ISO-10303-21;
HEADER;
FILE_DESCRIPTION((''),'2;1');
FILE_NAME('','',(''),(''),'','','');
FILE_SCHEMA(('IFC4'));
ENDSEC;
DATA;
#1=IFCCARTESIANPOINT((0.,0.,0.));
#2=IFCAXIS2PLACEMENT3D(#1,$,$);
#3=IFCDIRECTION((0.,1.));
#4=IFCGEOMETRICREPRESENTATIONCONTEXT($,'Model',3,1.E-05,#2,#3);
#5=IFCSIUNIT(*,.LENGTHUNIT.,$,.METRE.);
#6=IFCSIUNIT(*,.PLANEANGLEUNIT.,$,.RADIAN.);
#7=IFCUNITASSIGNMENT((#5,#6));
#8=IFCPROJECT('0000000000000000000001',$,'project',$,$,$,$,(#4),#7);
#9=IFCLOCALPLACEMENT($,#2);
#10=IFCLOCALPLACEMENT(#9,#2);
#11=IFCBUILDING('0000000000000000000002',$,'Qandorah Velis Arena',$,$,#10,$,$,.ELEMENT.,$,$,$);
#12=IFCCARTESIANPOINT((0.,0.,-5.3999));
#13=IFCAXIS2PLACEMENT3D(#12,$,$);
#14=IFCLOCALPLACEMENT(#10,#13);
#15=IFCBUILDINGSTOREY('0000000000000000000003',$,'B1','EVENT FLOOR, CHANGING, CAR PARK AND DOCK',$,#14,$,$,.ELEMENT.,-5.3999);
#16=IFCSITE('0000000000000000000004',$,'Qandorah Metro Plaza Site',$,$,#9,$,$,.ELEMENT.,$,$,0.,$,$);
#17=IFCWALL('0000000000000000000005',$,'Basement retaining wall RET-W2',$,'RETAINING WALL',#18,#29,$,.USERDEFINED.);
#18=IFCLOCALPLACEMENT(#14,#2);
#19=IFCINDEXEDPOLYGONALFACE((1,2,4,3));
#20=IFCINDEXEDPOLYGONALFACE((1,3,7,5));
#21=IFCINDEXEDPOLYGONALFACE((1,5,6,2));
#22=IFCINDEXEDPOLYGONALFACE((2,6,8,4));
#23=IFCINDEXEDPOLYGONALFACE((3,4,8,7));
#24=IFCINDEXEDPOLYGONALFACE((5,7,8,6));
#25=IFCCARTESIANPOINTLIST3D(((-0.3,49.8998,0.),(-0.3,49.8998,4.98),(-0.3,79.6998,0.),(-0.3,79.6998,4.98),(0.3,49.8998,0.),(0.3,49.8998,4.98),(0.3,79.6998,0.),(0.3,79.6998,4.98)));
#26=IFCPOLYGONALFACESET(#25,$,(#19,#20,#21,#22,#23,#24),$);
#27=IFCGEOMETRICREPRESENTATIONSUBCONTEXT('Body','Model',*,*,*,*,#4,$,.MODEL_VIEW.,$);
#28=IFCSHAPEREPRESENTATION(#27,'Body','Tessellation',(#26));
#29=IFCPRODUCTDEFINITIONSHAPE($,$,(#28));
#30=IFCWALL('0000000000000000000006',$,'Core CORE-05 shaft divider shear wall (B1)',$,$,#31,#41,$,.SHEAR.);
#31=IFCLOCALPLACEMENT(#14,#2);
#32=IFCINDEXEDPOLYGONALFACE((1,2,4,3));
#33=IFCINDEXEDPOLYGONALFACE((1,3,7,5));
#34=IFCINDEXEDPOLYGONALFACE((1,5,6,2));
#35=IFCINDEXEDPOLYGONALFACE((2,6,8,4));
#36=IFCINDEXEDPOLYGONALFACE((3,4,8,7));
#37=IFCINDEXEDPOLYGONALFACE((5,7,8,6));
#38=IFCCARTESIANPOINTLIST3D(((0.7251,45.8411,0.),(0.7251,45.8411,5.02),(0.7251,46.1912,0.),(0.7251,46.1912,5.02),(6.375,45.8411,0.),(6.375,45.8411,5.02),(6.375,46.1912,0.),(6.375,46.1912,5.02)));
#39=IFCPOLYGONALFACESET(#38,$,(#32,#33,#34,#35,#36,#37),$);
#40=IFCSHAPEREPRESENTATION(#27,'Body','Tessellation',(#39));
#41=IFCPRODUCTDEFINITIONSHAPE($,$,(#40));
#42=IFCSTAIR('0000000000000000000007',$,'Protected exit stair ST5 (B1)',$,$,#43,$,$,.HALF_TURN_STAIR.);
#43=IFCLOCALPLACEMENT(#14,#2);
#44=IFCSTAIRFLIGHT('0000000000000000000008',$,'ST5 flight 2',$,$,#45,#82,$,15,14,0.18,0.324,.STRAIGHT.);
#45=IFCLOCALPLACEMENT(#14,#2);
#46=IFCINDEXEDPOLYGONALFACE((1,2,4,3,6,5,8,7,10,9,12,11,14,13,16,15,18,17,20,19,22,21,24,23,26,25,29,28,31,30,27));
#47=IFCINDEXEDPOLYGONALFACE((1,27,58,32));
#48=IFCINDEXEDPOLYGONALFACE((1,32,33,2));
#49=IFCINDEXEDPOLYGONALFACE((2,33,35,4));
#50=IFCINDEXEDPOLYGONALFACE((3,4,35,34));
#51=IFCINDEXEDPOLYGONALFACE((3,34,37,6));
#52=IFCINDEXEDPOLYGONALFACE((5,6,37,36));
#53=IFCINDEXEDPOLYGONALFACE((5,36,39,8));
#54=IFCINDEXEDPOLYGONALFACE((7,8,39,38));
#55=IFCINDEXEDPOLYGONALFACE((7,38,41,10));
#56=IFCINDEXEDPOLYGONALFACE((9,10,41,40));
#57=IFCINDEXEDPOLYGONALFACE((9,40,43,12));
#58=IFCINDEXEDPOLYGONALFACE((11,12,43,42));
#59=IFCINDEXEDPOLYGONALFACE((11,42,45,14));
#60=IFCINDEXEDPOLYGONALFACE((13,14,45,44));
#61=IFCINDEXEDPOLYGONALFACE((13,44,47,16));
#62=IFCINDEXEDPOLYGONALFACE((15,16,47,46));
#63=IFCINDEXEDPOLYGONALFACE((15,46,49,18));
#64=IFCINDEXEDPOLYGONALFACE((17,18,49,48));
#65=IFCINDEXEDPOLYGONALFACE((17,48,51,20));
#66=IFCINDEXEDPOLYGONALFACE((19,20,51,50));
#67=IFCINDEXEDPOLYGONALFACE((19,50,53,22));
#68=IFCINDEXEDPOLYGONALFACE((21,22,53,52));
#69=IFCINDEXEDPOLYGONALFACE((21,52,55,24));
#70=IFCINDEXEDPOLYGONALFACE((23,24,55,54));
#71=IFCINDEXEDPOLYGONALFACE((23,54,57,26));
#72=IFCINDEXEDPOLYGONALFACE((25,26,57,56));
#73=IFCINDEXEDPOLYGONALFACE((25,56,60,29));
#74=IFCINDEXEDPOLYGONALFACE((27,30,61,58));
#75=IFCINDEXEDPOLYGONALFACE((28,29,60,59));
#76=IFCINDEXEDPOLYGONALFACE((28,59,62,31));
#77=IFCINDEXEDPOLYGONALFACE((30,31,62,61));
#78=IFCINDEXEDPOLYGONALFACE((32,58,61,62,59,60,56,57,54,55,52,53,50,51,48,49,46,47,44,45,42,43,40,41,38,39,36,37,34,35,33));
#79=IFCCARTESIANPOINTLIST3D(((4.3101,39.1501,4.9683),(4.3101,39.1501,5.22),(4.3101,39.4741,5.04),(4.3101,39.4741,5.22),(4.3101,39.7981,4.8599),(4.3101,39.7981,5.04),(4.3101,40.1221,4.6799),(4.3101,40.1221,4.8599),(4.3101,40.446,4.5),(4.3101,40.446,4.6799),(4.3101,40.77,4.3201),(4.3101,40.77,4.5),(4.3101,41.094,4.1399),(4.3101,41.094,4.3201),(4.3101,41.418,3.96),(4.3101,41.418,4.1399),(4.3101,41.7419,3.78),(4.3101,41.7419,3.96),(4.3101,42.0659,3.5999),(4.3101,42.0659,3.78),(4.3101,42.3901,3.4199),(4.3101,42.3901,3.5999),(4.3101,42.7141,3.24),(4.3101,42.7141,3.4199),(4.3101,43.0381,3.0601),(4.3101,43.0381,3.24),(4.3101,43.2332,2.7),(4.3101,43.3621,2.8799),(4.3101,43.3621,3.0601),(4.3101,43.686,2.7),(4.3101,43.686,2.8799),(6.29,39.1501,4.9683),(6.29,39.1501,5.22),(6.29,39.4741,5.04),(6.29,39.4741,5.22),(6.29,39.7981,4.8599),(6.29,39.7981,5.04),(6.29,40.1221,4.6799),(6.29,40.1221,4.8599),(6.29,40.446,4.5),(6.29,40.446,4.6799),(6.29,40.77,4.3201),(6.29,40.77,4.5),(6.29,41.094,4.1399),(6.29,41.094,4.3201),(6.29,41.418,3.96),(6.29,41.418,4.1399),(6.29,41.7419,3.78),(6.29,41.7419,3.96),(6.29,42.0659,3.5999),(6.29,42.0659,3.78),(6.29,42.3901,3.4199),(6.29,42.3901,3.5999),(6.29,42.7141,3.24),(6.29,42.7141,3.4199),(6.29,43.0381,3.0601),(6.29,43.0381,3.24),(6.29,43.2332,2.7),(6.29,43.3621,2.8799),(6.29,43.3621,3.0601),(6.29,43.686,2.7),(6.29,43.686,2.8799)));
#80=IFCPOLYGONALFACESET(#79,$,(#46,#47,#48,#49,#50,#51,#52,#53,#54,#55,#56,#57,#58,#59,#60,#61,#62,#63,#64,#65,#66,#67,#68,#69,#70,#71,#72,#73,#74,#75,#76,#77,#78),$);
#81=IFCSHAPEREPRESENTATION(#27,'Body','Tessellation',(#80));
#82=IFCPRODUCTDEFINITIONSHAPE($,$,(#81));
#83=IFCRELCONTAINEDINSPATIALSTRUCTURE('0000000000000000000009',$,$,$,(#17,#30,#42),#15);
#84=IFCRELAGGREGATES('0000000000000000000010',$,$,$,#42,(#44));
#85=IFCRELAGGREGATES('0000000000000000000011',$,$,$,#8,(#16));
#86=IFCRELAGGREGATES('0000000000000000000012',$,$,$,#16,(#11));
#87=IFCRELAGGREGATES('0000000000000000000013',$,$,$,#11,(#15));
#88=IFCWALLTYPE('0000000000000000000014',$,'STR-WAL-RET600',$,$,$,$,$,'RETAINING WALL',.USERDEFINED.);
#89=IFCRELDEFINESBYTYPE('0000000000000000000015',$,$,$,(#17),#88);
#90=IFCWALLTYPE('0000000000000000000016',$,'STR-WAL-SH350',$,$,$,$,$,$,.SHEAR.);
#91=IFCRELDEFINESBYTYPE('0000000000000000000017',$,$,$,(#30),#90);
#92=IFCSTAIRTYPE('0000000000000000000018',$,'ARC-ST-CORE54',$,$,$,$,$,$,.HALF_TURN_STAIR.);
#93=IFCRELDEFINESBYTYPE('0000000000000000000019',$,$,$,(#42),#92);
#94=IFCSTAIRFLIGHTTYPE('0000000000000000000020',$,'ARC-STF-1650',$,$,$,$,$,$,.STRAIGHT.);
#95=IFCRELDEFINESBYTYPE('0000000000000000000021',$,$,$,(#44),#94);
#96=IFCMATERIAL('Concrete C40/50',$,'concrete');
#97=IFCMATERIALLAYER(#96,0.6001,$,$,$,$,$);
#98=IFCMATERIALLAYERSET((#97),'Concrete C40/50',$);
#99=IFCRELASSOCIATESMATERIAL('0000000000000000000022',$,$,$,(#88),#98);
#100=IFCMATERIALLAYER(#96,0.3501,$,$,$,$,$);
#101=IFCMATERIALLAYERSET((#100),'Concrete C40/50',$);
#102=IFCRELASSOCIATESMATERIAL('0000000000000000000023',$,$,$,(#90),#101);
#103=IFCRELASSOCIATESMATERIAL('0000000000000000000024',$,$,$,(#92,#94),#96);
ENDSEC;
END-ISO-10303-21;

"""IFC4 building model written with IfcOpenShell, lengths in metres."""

from ifc_helpers import new_model, si_unit, direction, frame, frame_2d, origin, place, context, subcontext, project, spatial, polyline, rectangle, outline, extrude, material, layer, layer_set, type_object, element, aggregate, save


model = new_model("IFC4")

# Units and contexts
model_context = context("Model", 3, precision=1e-05, world=origin(), true_north=direction((0.0, 1.0)))
body_context = subcontext(model_context, "Body", "Model", "MODEL_VIEW")
ifc_project = project(units=[si_unit("LENGTHUNIT", "METRE"), si_unit("PLANEANGLEUNIT", "RADIAN")], contexts=[model_context])

# Site, building, storey
site_placement = place(None, origin())
site = spatial("IfcSite", under=ifc_project, at=site_placement, Name="Qandorah Metro Plaza Site", CompositionType="ELEMENT", RefElevation=0.0)
building_placement = place(site_placement, origin())
building = spatial("IfcBuilding", under=site, at=building_placement, Name="Qandorah Velis Arena", CompositionType="ELEMENT")
storey_placement = place(building_placement, frame((0.0, 0.0, -5.3999)))
storey = spatial("IfcBuildingStorey", under=building, at=storey_placement, Name="B1", Description="EVENT FLOOR, CHANGING, CAR PARK AND DOCK", CompositionType="ELEMENT", Elevation=-5.3999)

# Shared definitions
ifc_material_1 = material(Name="Concrete C40/50", Category="concrete")

# Walls
ifc_layer_1 = layer(ifc_material_1, 0.6001)
ifc_layer_set_1 = layer_set([ifc_layer_1], Name="Concrete C40/50")
wall_type_1 = type_object("IfcWallType", Name="STR-WAL-RET600", ElementType="RETAINING WALL", PredefinedType="USERDEFINED", material=ifc_layer_set_1)
wall_1_placement = place(storey_placement, frame((0.0, 49.8999, 0.0), z_axis=(0.0, 0.0, 1.0), x_axis=(0.0, 1.0, 0.0)))
element("IfcWall", 1, at=wall_1_placement, inside=storey, type_object=wall_type_1, Name="Basement retaining wall RET-W2", ObjectType="RETAINING WALL", PredefinedType="USERDEFINED", context=body_context, shape_type="SweptSolid", body=[
    extrude(rectangle(XDim=29.8, YDim=0.6001, at=frame_2d((14.8999, 0.0))), origin(), (0.0, 0.0, 1.0), 4.98),
])
ifc_layer_2 = layer(ifc_material_1, 0.3501)
ifc_layer_set_2 = layer_set([ifc_layer_2], Name="Concrete C40/50")
wall_type_2 = type_object("IfcWallType", Name="STR-WAL-SH350", PredefinedType="SHEAR", material=ifc_layer_set_2)
wall_2_placement = place(storey_placement, frame((0.7251, 46.0161, 0.0), z_axis=(0.0, 0.0, 1.0), x_axis=(1.0, 0.0, 0.0)))
element("IfcWall", 2, at=wall_2_placement, inside=storey, type_object=wall_type_2, Name="Core CORE-05 shaft divider shear wall (B1)", PredefinedType="SHEAR", context=body_context, shape_type="SweptSolid", body=[
    extrude(rectangle(XDim=5.6499, YDim=0.3501, at=frame_2d((2.825, 0.0))), origin(), (0.0, 0.0, 1.0), 5.02),
])

# Stair, stair flight
stair_type = type_object("IfcStairType", Name="ARC-ST-CORE54", PredefinedType="HALF_TURN_STAIR", material=ifc_material_1)
stair_placement = place(storey_placement, origin())
stair = element("IfcStair", 3, at=stair_placement, inside=storey, type_object=stair_type, Name="Protected exit stair ST5 (B1)", PredefinedType="HALF_TURN_STAIR")
stair_flight_type = type_object("IfcStairFlightType", Name="ARC-STF-1650", PredefinedType="STRAIGHT", material=ifc_material_1)
stair_flight_placement = place(storey_placement, frame((5.3, 43.686, 2.7), z_axis=(0.0, 0.0, 1.0), x_axis=(0.0, -1.0, 0.0)))
stair_flight = element("IfcStairFlight", 4, at=stair_flight_placement, type_object=stair_flight_type, Name="ST5 flight 2", NumberOfRisers=15, NumberOfTreads=14, PredefinedType="STRAIGHT", RiserHeight=0.18, TreadLength=0.324, context=body_context, shape_type="SweptSolid", body=[
    extrude(outline(polyline([(0.0, 0.0), (0.0, 0.1799), (0.324, 0.1799), (0.324, 0.3601), (0.6479, 0.3601), (0.6479, 0.54), (0.9719, 0.54), (0.9719, 0.72), (1.2959, 0.72), (1.2959, 0.8999), (1.6201, 0.8999), (1.6201, 1.0801), (1.9441, 1.0801), (1.9441, 1.26), (2.2681, 1.26), (2.2681, 1.4399), (2.592, 1.4399), (2.592, 1.6201), (2.916, 1.6201), (2.916, 1.8), (3.24, 1.8), (3.24, 1.98), (3.564, 1.98), (3.564, 2.1599), (3.8879, 2.1599), (3.8879, 2.3401), (4.2119, 2.3401), (4.2119, 2.52), (4.5359, 2.52), (4.5359, 2.7), (4.5359, 2.2683), (0.4529, 0.0), (0.0, 0.0)])), frame((0.0, 0.99, 0.0), z_axis=(0.0, -1.0, 0.0), x_axis=(1.0, 0.0, 0.0)), (0.0, 0.0, 1.0), 1.98),
])
aggregate(stair, [stair_flight])

save(model, "model.ifc")
